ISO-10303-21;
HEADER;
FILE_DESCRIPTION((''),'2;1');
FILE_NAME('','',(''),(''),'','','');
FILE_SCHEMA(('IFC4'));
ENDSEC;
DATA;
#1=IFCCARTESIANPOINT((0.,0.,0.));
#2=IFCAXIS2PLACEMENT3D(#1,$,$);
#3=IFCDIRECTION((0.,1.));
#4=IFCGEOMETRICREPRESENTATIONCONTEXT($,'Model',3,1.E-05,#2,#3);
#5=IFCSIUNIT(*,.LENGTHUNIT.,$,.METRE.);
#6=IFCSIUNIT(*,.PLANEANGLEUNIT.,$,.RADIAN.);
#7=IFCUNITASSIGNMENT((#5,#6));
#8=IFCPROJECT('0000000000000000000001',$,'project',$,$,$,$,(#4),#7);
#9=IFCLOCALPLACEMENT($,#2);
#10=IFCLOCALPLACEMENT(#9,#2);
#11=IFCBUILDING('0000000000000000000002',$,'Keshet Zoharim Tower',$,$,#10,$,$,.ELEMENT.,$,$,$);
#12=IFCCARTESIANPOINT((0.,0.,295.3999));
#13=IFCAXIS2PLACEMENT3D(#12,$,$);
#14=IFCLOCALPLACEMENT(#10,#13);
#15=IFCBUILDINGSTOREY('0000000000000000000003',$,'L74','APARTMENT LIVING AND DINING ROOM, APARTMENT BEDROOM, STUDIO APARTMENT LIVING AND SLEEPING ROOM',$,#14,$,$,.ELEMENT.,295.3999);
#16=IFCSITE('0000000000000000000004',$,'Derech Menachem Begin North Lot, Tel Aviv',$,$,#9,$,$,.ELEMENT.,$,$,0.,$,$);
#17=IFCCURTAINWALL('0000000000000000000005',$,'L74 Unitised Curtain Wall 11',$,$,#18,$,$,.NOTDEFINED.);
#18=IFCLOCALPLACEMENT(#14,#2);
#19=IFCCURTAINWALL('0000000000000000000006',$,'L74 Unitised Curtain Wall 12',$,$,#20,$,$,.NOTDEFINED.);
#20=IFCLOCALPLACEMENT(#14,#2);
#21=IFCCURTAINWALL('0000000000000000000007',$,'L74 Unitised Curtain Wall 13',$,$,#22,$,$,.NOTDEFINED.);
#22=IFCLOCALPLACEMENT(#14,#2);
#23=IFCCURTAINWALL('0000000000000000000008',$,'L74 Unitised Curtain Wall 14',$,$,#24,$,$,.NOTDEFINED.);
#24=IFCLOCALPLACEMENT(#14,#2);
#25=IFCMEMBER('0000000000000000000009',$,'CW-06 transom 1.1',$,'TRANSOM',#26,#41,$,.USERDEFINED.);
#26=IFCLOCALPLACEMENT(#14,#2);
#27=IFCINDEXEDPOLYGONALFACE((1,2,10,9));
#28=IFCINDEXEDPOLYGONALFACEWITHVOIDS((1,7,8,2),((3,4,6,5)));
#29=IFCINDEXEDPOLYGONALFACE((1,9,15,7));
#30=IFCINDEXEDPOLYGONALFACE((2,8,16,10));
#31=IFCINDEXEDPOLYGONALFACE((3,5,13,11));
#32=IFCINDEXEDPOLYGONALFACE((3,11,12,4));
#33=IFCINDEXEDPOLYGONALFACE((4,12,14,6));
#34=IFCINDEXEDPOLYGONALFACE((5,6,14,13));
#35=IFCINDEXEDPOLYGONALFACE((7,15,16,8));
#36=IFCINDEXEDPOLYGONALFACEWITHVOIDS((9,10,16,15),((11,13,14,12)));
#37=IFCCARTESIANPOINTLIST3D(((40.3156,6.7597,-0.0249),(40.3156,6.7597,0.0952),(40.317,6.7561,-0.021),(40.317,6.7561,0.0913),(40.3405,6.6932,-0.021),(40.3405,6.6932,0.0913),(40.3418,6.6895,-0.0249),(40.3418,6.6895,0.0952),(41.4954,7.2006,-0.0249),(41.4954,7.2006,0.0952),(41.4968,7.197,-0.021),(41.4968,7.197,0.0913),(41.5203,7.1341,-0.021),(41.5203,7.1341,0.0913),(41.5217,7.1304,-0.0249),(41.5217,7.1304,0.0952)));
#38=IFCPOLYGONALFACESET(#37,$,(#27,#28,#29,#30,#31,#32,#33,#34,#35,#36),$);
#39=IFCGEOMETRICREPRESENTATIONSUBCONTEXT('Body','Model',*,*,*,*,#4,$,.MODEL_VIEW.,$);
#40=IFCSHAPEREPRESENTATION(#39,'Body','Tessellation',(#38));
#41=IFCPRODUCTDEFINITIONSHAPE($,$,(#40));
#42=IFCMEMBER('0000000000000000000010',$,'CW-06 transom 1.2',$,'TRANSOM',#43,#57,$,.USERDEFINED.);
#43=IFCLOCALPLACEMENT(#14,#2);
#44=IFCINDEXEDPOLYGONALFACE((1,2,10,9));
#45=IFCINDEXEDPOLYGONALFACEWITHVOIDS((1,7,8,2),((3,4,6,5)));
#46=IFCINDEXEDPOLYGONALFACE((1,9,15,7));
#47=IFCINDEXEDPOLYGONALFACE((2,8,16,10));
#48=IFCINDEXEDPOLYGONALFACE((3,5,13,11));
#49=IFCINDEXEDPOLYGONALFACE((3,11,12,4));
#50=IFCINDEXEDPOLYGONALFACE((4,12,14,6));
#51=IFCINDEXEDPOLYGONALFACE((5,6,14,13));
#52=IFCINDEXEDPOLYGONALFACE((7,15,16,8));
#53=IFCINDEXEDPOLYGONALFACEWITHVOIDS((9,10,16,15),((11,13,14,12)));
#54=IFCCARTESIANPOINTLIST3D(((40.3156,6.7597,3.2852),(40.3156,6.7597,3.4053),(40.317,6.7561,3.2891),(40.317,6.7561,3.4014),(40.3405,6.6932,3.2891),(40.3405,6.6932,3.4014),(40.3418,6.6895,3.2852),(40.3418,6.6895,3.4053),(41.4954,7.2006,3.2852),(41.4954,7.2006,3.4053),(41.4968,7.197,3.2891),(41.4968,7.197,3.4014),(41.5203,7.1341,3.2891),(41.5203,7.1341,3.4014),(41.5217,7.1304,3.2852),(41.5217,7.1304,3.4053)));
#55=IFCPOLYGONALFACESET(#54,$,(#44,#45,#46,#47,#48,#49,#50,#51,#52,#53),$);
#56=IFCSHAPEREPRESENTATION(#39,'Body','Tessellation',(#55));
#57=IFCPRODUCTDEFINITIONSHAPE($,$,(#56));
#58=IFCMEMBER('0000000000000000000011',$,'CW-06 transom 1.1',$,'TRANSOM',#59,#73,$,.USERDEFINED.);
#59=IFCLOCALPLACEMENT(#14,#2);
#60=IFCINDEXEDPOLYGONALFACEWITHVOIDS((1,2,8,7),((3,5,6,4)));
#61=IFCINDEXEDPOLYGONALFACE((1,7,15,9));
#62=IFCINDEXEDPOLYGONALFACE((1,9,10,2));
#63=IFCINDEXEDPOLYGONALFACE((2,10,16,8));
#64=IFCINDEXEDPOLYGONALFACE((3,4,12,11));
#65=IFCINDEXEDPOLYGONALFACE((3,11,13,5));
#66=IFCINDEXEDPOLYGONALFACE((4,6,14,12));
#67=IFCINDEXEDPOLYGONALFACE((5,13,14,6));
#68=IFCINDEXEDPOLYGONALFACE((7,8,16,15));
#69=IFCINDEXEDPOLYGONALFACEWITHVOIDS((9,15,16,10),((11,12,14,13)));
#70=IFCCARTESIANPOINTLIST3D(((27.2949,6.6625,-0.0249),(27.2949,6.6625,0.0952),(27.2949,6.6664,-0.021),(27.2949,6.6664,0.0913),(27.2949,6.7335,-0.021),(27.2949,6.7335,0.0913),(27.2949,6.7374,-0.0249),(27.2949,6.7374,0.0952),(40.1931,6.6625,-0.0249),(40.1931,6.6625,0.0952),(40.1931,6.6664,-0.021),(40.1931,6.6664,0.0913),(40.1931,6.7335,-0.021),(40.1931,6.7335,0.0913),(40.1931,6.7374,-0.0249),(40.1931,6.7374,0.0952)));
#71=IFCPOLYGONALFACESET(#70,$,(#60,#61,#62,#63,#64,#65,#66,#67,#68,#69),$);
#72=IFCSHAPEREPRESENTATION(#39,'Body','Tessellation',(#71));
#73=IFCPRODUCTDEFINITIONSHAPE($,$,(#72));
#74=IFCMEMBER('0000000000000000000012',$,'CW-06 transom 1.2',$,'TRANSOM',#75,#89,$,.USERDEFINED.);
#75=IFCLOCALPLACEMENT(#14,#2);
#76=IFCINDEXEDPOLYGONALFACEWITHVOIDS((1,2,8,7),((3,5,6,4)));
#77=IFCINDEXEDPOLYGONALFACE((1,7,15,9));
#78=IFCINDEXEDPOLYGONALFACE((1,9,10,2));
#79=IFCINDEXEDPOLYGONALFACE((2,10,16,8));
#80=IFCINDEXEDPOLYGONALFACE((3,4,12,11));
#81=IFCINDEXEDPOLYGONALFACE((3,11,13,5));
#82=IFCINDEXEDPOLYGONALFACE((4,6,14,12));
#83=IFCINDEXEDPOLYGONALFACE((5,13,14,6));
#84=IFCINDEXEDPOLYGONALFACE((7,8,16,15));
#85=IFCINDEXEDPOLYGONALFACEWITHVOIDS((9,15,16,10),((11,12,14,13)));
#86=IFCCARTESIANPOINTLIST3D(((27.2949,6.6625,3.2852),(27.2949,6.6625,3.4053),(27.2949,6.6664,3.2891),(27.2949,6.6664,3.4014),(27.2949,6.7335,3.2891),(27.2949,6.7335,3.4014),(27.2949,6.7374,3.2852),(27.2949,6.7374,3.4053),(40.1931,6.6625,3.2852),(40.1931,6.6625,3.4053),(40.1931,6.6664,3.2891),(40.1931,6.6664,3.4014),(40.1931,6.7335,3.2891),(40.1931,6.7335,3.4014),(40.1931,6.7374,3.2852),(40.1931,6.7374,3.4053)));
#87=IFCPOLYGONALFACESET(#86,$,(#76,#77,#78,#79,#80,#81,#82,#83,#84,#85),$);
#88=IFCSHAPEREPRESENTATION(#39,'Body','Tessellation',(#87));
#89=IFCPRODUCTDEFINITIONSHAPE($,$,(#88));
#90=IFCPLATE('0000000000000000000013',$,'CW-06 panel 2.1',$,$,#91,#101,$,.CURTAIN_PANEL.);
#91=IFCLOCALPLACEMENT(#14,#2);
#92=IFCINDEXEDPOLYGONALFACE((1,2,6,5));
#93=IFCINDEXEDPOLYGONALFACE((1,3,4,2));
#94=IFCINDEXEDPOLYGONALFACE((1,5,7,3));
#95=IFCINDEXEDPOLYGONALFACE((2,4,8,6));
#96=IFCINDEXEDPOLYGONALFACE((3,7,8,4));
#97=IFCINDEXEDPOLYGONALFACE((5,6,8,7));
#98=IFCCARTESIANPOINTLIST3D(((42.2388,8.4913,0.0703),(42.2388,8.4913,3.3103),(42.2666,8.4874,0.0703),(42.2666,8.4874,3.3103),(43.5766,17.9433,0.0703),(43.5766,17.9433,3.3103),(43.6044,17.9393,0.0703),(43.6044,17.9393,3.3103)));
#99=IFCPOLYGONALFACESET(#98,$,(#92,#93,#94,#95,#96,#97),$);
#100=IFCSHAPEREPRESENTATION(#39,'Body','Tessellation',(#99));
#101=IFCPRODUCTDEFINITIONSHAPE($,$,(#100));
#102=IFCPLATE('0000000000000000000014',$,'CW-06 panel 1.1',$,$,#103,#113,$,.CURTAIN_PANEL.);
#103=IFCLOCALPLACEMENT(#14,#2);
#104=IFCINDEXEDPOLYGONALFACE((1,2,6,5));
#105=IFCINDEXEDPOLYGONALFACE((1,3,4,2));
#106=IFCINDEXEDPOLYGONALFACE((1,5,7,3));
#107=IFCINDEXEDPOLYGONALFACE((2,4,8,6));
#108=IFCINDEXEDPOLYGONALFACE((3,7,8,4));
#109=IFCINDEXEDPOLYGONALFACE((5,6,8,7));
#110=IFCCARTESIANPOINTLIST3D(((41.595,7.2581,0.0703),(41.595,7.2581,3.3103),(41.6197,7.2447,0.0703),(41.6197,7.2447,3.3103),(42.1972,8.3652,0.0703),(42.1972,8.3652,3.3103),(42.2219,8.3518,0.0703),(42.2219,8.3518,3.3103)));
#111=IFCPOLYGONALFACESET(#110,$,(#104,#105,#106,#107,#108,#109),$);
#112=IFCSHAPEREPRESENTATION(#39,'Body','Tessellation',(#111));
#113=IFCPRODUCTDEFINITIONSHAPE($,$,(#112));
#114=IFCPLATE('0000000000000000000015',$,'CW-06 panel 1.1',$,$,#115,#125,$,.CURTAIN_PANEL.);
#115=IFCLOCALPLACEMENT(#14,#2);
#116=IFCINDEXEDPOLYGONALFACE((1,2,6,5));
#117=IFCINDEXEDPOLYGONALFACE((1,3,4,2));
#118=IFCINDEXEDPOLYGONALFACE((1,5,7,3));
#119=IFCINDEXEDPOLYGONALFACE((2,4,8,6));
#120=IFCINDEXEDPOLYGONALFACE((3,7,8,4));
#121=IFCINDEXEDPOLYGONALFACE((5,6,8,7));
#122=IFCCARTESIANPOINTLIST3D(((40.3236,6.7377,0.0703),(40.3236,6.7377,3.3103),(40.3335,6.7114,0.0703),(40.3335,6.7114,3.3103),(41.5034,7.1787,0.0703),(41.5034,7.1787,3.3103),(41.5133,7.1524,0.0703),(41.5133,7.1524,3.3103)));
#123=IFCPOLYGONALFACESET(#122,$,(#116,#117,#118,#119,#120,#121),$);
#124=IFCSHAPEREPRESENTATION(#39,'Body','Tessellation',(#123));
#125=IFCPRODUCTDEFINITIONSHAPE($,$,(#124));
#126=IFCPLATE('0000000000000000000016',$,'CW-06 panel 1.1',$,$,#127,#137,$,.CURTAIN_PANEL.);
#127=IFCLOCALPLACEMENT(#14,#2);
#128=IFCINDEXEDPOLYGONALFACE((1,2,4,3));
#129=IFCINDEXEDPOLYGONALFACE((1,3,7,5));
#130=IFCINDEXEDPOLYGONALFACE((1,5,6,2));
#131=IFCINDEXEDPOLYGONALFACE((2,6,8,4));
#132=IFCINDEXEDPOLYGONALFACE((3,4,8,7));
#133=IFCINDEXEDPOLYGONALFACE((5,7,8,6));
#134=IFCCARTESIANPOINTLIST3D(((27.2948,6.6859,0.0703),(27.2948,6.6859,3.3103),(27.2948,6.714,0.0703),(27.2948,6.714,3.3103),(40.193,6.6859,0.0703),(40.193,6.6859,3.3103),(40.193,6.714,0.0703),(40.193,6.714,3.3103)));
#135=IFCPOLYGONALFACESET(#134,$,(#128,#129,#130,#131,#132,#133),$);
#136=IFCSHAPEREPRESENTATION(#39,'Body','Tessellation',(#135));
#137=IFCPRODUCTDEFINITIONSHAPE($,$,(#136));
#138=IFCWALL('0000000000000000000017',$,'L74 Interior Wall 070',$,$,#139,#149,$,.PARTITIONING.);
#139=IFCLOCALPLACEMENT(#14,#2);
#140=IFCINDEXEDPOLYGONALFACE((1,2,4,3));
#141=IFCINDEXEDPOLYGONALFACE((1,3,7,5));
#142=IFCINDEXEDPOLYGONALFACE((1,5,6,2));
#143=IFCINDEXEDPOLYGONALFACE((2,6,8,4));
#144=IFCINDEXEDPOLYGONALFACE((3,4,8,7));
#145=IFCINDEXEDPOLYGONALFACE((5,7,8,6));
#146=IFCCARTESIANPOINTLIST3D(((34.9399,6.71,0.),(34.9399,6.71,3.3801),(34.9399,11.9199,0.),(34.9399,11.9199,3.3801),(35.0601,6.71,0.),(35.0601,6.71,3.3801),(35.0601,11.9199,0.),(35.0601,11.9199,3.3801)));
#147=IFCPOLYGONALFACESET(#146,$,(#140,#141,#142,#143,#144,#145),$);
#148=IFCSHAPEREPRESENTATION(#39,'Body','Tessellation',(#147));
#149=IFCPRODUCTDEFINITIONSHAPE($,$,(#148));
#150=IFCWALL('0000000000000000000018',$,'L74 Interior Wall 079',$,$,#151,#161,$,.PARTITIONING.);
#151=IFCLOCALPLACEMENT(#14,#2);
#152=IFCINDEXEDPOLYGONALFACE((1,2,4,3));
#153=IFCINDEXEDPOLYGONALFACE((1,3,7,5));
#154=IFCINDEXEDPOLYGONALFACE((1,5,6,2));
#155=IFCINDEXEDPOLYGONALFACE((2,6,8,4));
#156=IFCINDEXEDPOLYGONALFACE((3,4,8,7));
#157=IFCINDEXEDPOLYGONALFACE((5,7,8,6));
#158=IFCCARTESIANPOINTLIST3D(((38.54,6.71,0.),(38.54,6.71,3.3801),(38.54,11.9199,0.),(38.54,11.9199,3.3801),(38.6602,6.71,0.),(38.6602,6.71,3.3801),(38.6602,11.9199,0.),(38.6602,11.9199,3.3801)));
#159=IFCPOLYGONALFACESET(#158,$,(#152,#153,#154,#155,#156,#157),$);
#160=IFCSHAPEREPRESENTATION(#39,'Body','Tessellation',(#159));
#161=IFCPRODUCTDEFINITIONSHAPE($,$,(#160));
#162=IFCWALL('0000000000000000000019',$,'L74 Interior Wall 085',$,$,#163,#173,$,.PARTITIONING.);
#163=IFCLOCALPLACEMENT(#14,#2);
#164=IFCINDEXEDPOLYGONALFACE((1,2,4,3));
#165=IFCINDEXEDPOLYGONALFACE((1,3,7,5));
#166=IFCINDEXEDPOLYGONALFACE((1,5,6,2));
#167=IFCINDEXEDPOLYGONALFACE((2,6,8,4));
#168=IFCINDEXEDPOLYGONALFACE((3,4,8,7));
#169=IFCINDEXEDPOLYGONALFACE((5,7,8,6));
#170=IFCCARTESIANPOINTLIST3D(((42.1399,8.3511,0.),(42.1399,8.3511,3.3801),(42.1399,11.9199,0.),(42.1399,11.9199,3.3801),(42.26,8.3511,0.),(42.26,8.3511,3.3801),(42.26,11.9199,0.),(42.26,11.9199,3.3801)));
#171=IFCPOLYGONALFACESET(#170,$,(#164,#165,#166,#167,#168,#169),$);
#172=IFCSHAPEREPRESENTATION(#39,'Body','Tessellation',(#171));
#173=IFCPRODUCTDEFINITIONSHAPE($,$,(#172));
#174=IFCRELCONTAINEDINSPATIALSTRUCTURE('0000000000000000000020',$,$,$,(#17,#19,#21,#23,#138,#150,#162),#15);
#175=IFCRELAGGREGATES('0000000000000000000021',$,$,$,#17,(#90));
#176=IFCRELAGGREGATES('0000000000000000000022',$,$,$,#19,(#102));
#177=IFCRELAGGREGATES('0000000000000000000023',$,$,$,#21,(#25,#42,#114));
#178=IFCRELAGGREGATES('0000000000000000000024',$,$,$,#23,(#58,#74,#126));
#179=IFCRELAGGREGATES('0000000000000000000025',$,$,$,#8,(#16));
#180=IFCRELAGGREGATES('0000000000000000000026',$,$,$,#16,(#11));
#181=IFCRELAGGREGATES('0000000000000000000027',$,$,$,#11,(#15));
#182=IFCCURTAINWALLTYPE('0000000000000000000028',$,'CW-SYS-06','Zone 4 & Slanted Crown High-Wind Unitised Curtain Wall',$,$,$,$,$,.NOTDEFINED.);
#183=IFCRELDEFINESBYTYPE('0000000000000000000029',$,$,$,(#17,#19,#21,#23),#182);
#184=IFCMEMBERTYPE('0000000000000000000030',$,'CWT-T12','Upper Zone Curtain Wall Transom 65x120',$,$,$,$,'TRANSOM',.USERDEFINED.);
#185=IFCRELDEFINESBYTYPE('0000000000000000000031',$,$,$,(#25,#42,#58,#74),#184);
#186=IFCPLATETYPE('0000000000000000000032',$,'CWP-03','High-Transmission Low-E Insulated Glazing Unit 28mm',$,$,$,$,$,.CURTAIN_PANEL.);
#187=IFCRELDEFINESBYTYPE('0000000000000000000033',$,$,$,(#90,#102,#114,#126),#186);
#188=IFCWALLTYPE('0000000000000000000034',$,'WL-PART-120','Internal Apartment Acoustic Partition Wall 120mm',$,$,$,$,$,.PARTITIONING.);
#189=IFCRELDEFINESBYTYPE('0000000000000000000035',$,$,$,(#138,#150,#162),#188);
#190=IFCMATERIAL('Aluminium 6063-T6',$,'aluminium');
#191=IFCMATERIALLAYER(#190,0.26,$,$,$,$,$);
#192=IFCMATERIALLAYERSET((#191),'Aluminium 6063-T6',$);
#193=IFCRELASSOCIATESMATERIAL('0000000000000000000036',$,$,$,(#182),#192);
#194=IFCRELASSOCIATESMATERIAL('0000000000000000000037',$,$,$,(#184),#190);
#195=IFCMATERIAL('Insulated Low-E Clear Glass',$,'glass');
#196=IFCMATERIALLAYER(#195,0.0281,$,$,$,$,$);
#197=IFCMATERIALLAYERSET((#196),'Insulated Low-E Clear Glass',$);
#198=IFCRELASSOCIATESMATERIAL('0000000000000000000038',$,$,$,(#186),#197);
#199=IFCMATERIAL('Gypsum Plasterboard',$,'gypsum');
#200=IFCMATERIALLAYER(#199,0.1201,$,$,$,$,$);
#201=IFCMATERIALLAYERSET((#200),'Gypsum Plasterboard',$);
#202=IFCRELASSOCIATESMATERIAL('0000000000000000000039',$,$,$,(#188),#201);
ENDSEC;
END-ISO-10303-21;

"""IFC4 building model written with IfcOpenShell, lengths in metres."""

from ifc_helpers import new_model, si_unit, direction, frame, frame_2d, origin, origin_2d, place, context, subcontext, project, spatial, rectangle, hollow_rectangle, extrude, material, layer, layer_set, material_profile, profile_set, type_object, element, aggregate, save


model = new_model("IFC4")

# Units and contexts
model_context = context("Model", 3, precision=1e-05, world=origin(), true_north=direction((0.0, 1.0)))
body_context = subcontext(model_context, "Body", "Model", "MODEL_VIEW")
ifc_project = project(units=[si_unit("LENGTHUNIT", "METRE"), si_unit("PLANEANGLEUNIT", "RADIAN")], contexts=[model_context])

# Site, building, storey
site_placement = place(None, origin())
site = spatial("IfcSite", under=ifc_project, at=site_placement, Name="Derech Menachem Begin North Lot, Tel Aviv", CompositionType="ELEMENT", RefElevation=0.0)
building_placement = place(site_placement, origin())
building = spatial("IfcBuilding", under=site, at=building_placement, Name="Keshet Zoharim Tower", CompositionType="ELEMENT")
storey_placement = place(building_placement, frame((0.0, 0.0, 295.3999)))
storey = spatial("IfcBuildingStorey", under=building, at=storey_placement, Name="L74", Description="APARTMENT LIVING AND DINING ROOM, APARTMENT BEDROOM, STUDIO APARTMENT LIVING AND SLEEPING ROOM", CompositionType="ELEMENT", Elevation=295.3999)

# Curtain wall
ifc_material_1 = material(Name="Aluminium 6063-T6", Category="aluminium")
ifc_layer_1 = layer(ifc_material_1, 0.26)
ifc_layer_set_1 = layer_set([ifc_layer_1], Name="Aluminium 6063-T6")
curtain_wall_type = type_object("IfcCurtainWallType", Name="CW-SYS-06", Description="Zone 4 & Slanted Crown High-Wind Unitised Curtain Wall", PredefinedType="NOTDEFINED", material=ifc_layer_set_1)
curtain_wall_1_placement = place(storey_placement, origin())
curtain_wall_1 = element("IfcCurtainWall", 1, at=curtain_wall_1_placement, inside=storey, type_object=curtain_wall_type, Name="L74 Unitised Curtain Wall 11", PredefinedType="NOTDEFINED")

# Curtain walls
curtain_wall_2_placement = place(storey_placement, origin())
curtain_wall_2 = element("IfcCurtainWall", 2, at=curtain_wall_2_placement, inside=storey, type_object=curtain_wall_type, Name="L74 Unitised Curtain Wall 12", PredefinedType="NOTDEFINED")
curtain_wall_3_placement = place(storey_placement, origin())
curtain_wall_3 = element("IfcCurtainWall", 3, at=curtain_wall_3_placement, inside=storey, type_object=curtain_wall_type, Name="L74 Unitised Curtain Wall 13", PredefinedType="NOTDEFINED")

# Curtain wall
curtain_wall_4_placement = place(storey_placement, origin())
curtain_wall_4 = element("IfcCurtainWall", 4, at=curtain_wall_4_placement, inside=storey, type_object=curtain_wall_type, Name="L74 Unitised Curtain Wall 14", PredefinedType="NOTDEFINED")

# Members
ifc_material_profile_1 = material_profile(ifc_material_1, hollow_rectangle(XDim=0.075, YDim=0.1201, WallThickness=0.0039, at=origin_2d()), Name="TRN-75x120")
ifc_profile_set_1 = profile_set([ifc_material_profile_1], Name="Aluminium 6063-T6")
member_type_1 = type_object("IfcMemberType", Name="CWT-T12", Description="Upper Zone Curtain Wall Transom 65x120", ElementType="TRANSOM", PredefinedType="USERDEFINED", material=ifc_profile_set_1)
member_1_placement = place(storey_placement, frame((41.5085, 7.1655, 0.0352), z_axis=(-0.936735, -0.35004, 0.0), x_axis=(0.35004, -0.936735, 0.0)))
member_1 = element("IfcMember", 5, at=member_1_placement, type_object=member_type_1, Name="CW-06 transom 1.1", ObjectType="TRANSOM", PredefinedType="USERDEFINED", context=body_context, shape_type="SweptSolid", body=[
    extrude(hollow_rectangle(XDim=0.075, YDim=0.1201, WallThickness=0.0039, at=origin_2d()), origin(), (0.0, 0.0, 1.0), 1.2595),
])
member_2_placement = place(storey_placement, frame((41.5085, 7.1655, 3.3452), z_axis=(-0.936735, -0.35004, 0.0), x_axis=(0.35004, -0.936735, 0.0)))
member_2 = element("IfcMember", 6, at=member_2_placement, type_object=member_type_1, Name="CW-06 transom 1.2", ObjectType="TRANSOM", PredefinedType="USERDEFINED", context=body_context, shape_type="SweptSolid", body=[
    extrude(hollow_rectangle(XDim=0.075, YDim=0.1201, WallThickness=0.0039, at=origin_2d()), origin(), (0.0, 0.0, 1.0), 1.2595),
])
member_3_placement = place(storey_placement, frame((40.1931, 6.7, 0.0352), z_axis=(-1.0, 0.0, 0.0), x_axis=(0.0, -1.0, 0.0)))
member_3 = element("IfcMember", 7, at=member_3_placement, type_object=member_type_1, Name="CW-06 transom 1.1", ObjectType="TRANSOM", PredefinedType="USERDEFINED", context=body_context, shape_type="SweptSolid", body=[
    extrude(hollow_rectangle(XDim=0.075, YDim=0.1201, WallThickness=0.0039, at=origin_2d()), origin(), (0.0, 0.0, 1.0), 12.8982),
])
member_4_placement = place(storey_placement, frame((40.1931, 6.7, 3.3452), z_axis=(-1.0, 0.0, 0.0), x_axis=(0.0, -1.0, 0.0)))
member_4 = element("IfcMember", 8, at=member_4_placement, type_object=member_type_1, Name="CW-06 transom 1.2", ObjectType="TRANSOM", PredefinedType="USERDEFINED", context=body_context, shape_type="SweptSolid", body=[
    extrude(hollow_rectangle(XDim=0.075, YDim=0.1201, WallThickness=0.0039, at=origin_2d()), origin(), (0.0, 0.0, 1.0), 12.8982),
])

# Plates
ifc_material_2 = material(Name="Insulated Low-E Clear Glass", Category="glass")
ifc_layer_2 = layer(ifc_material_2, 0.0281)
ifc_layer_set_2 = layer_set([ifc_layer_2], Name="Insulated Low-E Clear Glass")
plate_type = type_object("IfcPlateType", Name="CWP-03", Description="High-Transmission Low-E Insulated Glazing Unit 28mm", PredefinedType="CURTAIN_PANEL", material=ifc_layer_set_2)
plate_1_placement = place(storey_placement, frame((42.9216, 13.2153, 0.0703), z_axis=(0.0, 0.0, 1.0), x_axis=(-0.140137, -0.990132, 0.0)))
plate_1 = element("IfcPlate", 9, at=plate_1_placement, type_object=plate_type, Name="CW-06 panel 2.1", PredefinedType="CURTAIN_PANEL", context=body_context, shape_type="SweptSolid", body=[
    extrude(rectangle(XDim=9.5461, YDim=0.0281, at=origin_2d()), origin(), (0.0, 0.0, 1.0), 3.24),
])
aggregate(curtain_wall_1, [plate_1])
plate_2_placement = place(storey_placement, frame((41.9084, 7.8049, 0.0703), z_axis=(0.0, 0.0, 1.0), x_axis=(-0.477801, -0.878468, 0.0)))
plate_2 = element("IfcPlate", 10, at=plate_2_placement, type_object=plate_type, Name="CW-06 panel 1.1", PredefinedType="CURTAIN_PANEL", context=body_context, shape_type="SweptSolid", body=[
    extrude(rectangle(XDim=1.2603, YDim=0.0281, at=origin_2d()), origin(), (0.0, 0.0, 1.0), 3.24),
])
aggregate(curtain_wall_2, [plate_2])
plate_3_placement = place(storey_placement, frame((40.9185, 6.9451, 0.0703), z_axis=(0.0, 0.0, 1.0), x_axis=(-0.93671, -0.350105, 0.0)))
plate_3 = element("IfcPlate", 11, at=plate_3_placement, type_object=plate_type, Name="CW-06 panel 1.1", PredefinedType="CURTAIN_PANEL", context=body_context, shape_type="SweptSolid", body=[
    extrude(rectangle(XDim=1.2595, YDim=0.0281, at=origin_2d()), origin(), (0.0, 0.0, 1.0), 3.24),
])
aggregate(curtain_wall_3, [member_1, member_2, plate_3])
plate_4_placement = place(storey_placement, frame((33.7439, 6.7, 0.0703), z_axis=(0.0, 0.0, 1.0), x_axis=(-1.0, 0.0, 0.0)))
plate_4 = element("IfcPlate", 12, at=plate_4_placement, type_object=plate_type, Name="CW-06 panel 1.1", PredefinedType="CURTAIN_PANEL", context=body_context, shape_type="SweptSolid", body=[
    extrude(rectangle(XDim=12.8982, YDim=0.0281, at=origin_2d()), origin(), (0.0, 0.0, 1.0), 3.24),
])
aggregate(curtain_wall_4, [member_3, member_4, plate_4])

# Walls
ifc_material_3 = material(Name="Gypsum Plasterboard", Category="gypsum")
ifc_layer_3 = layer(ifc_material_3, 0.1201)
ifc_layer_set_3 = layer_set([ifc_layer_3], Name="Gypsum Plasterboard")
wall_type = type_object("IfcWallType", Name="WL-PART-120", Description="Internal Apartment Acoustic Partition Wall 120mm", PredefinedType="PARTITIONING", material=ifc_layer_set_3)
for number, where, z_axis, x_axis, name in (
    (13, (35.0, 6.71, 0.0), (0.0, 0.0, 1.0), (0.0, 1.0, 0.0), "L74 Interior Wall 070"),
    (14, (38.6001, 6.71, 0.0), (0.0, 0.0, 1.0), (0.0, 1.0, 0.0), "L74 Interior Wall 079"),
):
    element("IfcWall", number, at=place(storey_placement, frame(where, z_axis=z_axis, x_axis=x_axis)), inside=storey, type_object=wall_type, Name=name, PredefinedType="PARTITIONING", context=body_context, shape_type="SweptSolid", body=[
        extrude(rectangle(XDim=5.21, YDim=0.1201, at=frame_2d((2.605, 0.0))), origin(), (0.0, 0.0, 1.0), 3.3801),
    ])
wall_1_placement = place(storey_placement, frame((42.2, 8.3511, 0.0), z_axis=(0.0, 0.0, 1.0), x_axis=(0.0, 1.0, 0.0)))
element("IfcWall", 15, at=wall_1_placement, inside=storey, type_object=wall_type, Name="L74 Interior Wall 085", PredefinedType="PARTITIONING", context=body_context, shape_type="SweptSolid", body=[
    extrude(rectangle(XDim=3.5688, YDim=0.1201, at=frame_2d((1.7844, 0.0))), origin(), (0.0, 0.0, 1.0), 3.3801),
])

save(model, "model.ifc")
